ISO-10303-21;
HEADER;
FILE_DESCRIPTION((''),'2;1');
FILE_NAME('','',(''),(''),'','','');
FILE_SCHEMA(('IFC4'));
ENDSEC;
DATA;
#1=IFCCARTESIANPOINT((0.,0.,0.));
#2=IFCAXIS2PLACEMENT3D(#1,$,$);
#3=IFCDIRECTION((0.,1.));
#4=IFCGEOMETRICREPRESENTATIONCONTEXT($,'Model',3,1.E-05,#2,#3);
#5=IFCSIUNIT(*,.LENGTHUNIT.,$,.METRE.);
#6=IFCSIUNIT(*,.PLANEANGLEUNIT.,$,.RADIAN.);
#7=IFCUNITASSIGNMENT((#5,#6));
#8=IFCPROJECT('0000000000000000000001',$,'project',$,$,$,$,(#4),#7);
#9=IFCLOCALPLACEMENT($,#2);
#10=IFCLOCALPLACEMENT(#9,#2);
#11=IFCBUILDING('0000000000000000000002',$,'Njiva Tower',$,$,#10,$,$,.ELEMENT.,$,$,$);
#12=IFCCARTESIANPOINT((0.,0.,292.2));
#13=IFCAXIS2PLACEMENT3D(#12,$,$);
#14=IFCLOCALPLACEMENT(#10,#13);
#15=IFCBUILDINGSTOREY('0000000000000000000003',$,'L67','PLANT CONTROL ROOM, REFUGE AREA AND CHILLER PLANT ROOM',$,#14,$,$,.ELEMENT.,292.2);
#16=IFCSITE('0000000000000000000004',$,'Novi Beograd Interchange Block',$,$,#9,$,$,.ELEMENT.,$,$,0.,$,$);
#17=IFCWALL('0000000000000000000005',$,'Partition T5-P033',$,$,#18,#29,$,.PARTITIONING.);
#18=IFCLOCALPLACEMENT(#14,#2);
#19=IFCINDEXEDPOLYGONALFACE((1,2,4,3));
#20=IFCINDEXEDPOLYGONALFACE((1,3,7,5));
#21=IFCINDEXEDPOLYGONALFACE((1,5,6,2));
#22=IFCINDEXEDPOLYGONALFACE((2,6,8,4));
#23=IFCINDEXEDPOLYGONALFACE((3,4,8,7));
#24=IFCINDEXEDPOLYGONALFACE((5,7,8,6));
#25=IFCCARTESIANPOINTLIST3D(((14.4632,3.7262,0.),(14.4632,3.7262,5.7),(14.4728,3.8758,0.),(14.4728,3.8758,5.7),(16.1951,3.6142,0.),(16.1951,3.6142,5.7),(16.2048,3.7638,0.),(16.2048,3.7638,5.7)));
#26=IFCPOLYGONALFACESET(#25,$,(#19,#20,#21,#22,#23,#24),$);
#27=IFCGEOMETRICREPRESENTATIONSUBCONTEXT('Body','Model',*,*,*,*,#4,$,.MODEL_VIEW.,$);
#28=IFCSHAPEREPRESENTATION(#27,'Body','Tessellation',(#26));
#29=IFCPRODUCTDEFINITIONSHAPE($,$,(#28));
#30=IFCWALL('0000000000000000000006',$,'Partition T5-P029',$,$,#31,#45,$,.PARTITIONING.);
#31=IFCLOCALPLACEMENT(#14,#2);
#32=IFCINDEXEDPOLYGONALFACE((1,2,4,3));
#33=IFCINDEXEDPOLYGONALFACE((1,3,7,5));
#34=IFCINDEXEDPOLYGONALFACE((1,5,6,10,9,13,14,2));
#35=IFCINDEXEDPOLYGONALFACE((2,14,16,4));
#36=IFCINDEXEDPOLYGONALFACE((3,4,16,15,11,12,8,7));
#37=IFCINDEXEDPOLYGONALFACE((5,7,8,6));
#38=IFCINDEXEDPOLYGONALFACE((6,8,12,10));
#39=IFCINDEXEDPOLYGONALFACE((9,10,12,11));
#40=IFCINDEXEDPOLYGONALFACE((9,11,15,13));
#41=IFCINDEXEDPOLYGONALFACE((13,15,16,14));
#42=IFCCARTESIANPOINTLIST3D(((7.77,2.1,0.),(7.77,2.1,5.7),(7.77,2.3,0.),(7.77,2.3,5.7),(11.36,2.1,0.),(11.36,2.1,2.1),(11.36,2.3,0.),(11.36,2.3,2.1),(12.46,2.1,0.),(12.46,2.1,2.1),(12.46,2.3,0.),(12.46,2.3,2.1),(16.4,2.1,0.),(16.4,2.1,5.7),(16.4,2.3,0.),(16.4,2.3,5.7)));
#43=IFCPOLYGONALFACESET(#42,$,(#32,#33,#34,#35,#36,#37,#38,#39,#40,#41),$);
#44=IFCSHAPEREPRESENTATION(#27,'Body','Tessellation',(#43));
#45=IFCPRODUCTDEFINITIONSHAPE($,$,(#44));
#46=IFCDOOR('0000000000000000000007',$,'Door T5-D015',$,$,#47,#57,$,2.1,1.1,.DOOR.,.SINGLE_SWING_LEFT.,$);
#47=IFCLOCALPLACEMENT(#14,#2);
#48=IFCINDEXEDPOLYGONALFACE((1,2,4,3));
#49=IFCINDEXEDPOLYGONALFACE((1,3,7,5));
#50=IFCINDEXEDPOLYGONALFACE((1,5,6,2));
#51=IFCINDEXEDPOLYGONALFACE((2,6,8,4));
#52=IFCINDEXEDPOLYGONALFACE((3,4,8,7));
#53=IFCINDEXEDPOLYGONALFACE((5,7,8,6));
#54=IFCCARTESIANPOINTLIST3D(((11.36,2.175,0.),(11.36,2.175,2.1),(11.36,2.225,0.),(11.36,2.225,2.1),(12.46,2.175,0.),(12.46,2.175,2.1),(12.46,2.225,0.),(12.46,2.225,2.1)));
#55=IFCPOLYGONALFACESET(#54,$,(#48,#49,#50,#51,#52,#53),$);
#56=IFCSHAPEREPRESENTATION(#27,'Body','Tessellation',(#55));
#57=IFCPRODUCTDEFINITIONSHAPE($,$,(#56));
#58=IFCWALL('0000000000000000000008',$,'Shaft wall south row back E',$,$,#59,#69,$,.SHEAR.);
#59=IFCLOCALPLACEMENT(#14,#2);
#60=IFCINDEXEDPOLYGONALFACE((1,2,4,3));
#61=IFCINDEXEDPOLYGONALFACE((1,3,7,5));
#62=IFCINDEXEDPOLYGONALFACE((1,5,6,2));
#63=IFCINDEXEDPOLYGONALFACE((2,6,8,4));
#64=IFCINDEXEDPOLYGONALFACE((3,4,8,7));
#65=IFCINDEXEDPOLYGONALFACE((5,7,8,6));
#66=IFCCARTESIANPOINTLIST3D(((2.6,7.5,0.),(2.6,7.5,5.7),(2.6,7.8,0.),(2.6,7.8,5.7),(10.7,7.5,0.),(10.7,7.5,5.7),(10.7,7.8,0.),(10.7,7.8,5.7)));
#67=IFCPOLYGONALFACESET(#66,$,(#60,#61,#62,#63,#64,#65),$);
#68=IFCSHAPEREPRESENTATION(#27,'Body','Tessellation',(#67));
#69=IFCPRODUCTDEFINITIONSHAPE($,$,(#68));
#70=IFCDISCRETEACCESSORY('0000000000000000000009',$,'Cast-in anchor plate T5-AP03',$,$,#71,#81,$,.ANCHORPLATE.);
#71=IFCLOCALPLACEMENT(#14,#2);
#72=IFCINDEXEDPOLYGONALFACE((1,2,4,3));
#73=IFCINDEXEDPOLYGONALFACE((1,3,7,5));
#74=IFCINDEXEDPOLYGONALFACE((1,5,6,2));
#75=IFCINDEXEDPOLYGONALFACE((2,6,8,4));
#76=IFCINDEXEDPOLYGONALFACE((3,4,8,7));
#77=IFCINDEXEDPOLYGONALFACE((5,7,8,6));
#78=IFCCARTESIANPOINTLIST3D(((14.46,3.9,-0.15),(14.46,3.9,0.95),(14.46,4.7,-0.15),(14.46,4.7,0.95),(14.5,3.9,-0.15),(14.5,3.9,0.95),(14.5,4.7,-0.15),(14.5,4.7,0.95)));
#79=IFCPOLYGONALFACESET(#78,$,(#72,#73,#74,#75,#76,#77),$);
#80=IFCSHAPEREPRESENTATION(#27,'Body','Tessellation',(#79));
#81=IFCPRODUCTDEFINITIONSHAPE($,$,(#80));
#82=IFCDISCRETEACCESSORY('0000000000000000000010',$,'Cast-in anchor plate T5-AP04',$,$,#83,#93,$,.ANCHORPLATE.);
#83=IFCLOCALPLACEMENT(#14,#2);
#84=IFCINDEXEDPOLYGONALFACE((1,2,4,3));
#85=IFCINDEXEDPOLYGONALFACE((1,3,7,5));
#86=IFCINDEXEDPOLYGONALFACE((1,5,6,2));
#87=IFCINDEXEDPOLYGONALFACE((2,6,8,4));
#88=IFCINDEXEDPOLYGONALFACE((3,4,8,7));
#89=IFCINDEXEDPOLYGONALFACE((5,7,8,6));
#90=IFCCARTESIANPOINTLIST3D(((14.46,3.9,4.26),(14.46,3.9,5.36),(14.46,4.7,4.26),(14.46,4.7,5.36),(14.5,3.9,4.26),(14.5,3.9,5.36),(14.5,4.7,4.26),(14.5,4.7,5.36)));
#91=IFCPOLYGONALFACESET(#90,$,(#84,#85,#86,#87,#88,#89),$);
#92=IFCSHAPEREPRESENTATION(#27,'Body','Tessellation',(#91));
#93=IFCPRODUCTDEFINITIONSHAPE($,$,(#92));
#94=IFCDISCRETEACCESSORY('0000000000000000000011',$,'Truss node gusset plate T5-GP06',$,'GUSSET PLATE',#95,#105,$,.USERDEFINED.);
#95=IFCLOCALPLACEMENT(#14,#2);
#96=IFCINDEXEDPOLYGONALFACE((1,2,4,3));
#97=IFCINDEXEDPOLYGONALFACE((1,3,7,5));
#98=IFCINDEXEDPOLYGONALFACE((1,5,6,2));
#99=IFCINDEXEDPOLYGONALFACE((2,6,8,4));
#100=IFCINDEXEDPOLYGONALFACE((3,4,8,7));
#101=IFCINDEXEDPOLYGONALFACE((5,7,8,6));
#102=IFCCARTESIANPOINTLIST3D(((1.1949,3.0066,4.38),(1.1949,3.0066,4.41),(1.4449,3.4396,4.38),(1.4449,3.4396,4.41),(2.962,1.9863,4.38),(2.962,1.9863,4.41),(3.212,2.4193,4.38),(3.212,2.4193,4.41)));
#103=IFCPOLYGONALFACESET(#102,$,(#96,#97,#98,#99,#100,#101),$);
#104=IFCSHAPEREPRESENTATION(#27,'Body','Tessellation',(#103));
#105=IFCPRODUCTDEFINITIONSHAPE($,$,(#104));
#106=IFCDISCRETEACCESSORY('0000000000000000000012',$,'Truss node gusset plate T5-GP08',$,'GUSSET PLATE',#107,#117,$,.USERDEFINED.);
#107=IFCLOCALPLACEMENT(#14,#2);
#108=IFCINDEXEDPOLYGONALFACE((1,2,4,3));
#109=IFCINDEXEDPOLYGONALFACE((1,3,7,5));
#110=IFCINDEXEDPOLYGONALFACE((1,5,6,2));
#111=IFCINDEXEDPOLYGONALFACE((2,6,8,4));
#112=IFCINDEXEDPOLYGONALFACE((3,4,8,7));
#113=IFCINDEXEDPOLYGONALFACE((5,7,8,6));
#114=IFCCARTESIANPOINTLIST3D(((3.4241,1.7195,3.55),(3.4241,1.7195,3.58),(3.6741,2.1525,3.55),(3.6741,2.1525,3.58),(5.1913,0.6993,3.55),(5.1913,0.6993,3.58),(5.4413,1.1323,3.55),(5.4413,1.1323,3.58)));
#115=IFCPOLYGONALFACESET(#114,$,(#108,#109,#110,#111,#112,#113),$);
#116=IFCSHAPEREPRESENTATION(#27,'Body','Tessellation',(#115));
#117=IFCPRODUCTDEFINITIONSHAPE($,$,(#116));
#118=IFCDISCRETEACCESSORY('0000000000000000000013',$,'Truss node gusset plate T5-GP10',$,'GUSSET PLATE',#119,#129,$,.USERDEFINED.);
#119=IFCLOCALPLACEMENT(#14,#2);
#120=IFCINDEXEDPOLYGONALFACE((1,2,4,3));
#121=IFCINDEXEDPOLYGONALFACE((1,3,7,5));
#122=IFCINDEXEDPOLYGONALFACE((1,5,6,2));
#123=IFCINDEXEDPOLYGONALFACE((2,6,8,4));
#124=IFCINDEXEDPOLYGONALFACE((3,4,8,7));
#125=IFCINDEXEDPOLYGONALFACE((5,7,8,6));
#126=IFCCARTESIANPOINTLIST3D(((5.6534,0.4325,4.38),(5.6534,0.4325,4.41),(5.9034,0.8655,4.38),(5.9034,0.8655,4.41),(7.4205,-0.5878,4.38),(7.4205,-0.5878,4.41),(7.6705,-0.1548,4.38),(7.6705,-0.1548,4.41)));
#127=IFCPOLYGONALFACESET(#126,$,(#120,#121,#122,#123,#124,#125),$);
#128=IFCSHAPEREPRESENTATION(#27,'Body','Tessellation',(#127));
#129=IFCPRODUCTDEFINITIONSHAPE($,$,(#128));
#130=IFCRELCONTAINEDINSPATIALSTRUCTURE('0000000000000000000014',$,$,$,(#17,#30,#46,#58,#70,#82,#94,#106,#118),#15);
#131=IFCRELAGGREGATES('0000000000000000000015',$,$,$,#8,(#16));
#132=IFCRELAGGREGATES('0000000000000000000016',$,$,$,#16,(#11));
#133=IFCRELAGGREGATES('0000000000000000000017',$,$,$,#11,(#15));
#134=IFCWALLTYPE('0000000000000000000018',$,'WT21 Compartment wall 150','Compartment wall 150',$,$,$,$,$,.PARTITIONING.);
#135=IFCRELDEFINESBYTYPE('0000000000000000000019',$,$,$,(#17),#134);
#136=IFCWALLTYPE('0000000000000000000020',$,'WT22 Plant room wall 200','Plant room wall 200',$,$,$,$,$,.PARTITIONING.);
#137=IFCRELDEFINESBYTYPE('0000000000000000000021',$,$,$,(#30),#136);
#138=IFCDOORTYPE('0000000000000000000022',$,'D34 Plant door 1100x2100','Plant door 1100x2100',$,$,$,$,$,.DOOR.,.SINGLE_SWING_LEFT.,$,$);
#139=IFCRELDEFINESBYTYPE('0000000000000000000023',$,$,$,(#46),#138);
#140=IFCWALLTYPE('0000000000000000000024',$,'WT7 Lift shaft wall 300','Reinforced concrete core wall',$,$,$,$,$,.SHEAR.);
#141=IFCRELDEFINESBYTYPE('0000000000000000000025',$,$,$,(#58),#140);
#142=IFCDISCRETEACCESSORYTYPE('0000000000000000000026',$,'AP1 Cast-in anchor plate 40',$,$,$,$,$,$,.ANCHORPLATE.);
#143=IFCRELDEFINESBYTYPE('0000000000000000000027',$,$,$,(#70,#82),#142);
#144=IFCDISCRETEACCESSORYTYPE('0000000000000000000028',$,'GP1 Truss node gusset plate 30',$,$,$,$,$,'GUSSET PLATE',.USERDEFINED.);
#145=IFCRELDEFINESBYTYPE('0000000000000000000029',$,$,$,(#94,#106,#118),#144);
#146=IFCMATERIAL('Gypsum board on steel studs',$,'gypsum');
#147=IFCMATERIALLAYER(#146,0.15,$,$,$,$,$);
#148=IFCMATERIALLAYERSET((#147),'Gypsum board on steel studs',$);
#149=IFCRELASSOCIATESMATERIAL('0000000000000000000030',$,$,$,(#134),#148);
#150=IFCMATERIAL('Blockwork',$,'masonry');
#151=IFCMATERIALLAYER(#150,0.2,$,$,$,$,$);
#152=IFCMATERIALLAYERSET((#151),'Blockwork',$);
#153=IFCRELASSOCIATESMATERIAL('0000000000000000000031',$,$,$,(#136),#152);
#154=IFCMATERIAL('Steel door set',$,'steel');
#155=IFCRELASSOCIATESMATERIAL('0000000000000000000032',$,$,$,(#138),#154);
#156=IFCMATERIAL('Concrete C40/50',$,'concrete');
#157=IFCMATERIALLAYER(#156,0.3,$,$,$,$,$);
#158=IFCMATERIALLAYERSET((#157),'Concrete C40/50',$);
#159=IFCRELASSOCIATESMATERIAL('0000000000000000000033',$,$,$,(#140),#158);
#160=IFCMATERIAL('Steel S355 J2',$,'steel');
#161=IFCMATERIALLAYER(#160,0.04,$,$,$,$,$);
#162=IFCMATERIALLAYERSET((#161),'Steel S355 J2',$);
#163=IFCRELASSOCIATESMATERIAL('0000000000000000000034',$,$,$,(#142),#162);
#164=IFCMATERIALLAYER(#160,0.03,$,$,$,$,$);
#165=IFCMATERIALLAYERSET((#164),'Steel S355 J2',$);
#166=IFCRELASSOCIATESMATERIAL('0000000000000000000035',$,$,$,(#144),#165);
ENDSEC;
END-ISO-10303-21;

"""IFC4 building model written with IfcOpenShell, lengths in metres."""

from ifc_helpers import new_model, si_unit, direction, frame, frame_2d, origin, place, context, subcontext, project, spatial, polyline, rectangle, outline, extrude, material, layer, layer_set, type_object, element, fill, save


model = new_model("IFC4")

# Units and contexts
model_context = context("Model", 3, precision=1e-05, world=origin(), true_north=direction((0.0, 1.0)))
body_context = subcontext(model_context, "Body", "Model", "MODEL_VIEW")
ifc_project = project(units=[si_unit("LENGTHUNIT", "METRE"), si_unit("PLANEANGLEUNIT", "RADIAN")], contexts=[model_context])

# Site, building, storey
site_placement = place(None, origin())
site = spatial("IfcSite", under=ifc_project, at=site_placement, Name="Novi Beograd Interchange Block", CompositionType="ELEMENT", RefElevation=0.0)
building_placement = place(site_placement, origin())
building = spatial("IfcBuilding", under=site, at=building_placement, Name="Njiva Tower", CompositionType="ELEMENT")
storey_placement = place(building_placement, frame((0.0, 0.0, 292.2)))
storey = spatial("IfcBuildingStorey", under=building, at=storey_placement, Name="L67", Description="PLANT CONTROL ROOM, REFUGE AREA AND CHILLER PLANT ROOM", CompositionType="ELEMENT", Elevation=292.2)

# Shared definitions
ifc_material_1 = material(Name="Steel S355 J2", Category="steel")

# Shared definitions
ifc_material_2 = material(Name="Blockwork", Category="masonry")

# Shared definitions
ifc_material_3 = material(Name="Concrete C40/50", Category="concrete")

# Shared definitions
ifc_material_4 = material(Name="Gypsum board on steel studs", Category="gypsum")
ifc_layer_1 = layer(ifc_material_4, 0.15)
ifc_layer_set_1 = layer_set([ifc_layer_1], Name="Gypsum board on steel studs")
wall_type_1 = type_object("IfcWallType", Name="WT21 Compartment wall 150", Description="Compartment wall 150", PredefinedType="PARTITIONING", material=ifc_layer_set_1)

# Wall
wall_1_placement = place(storey_placement, frame((14.468, 3.801, 0.0), z_axis=(0.0, 0.0, 1.0), x_axis=(0.997916, -0.06453, 0.0)))
element("IfcWall", 1, at=wall_1_placement, inside=storey, type_object=wall_type_1, Name="Partition T5-P033", PredefinedType="PARTITIONING", context=body_context, shape_type="SweptSolid", body=[
    extrude(rectangle(XDim=1.7356, YDim=0.15, at=frame_2d((0.8678, 0.0))), origin(), (0.0, 0.0, 1.0), 5.7),
])

# Wall, opening, door
ifc_layer_2 = layer(ifc_material_2, 0.2)
ifc_layer_set_2 = layer_set([ifc_layer_2], Name="Blockwork")
wall_type_2 = type_object("IfcWallType", Name="WT22 Plant room wall 200", Description="Plant room wall 200", PredefinedType="PARTITIONING", material=ifc_layer_set_2)
wall_2_placement = place(storey_placement, frame((7.77, 2.2, 0.0), z_axis=(0.0, 0.0, 1.0), x_axis=(1.0, 0.0, 0.0)))
wall_2 = element("IfcWall", 2, at=wall_2_placement, inside=storey, type_object=wall_type_2, Name="Partition T5-P029", PredefinedType="PARTITIONING", context=body_context, shape_type="SweptSolid", body=[
    extrude(rectangle(XDim=8.63, YDim=0.2, at=frame_2d((4.315, 0.0))), origin(), (0.0, 0.0, 1.0), 5.7),
])
opening_1_placement = place(wall_2_placement, frame((3.59, 0.0, 0.0)))
opening_1 = element("IfcOpeningElement", 3, at=opening_1_placement, cuts=wall_2, PredefinedType="OPENING", context=body_context, shape_type="SweptSolid", body=[
    extrude(rectangle(XDim=1.1, YDim=2.1, at=frame_2d((0.55, 1.05))), frame((0.0, 0.11, 0.0), z_axis=(0.0, -1.0, 0.0), x_axis=(1.0, 0.0, 0.0)), (0.0, 0.0, 1.0), 0.22),
])
ifc_material_5 = material(Name="Steel door set", Category="steel")
door_type_1 = type_object("IfcDoorType", Name="D34 Plant door 1100x2100", Description="Plant door 1100x2100", OperationType="SINGLE_SWING_LEFT", PredefinedType="DOOR", material=ifc_material_5)
door_1_placement = place(opening_1_placement, origin())
door_1 = element("IfcDoor", 4, at=door_1_placement, inside=storey, type_object=door_type_1, Name="Door T5-D015", OperationType="SINGLE_SWING_LEFT", OverallHeight=2.1, OverallWidth=1.1, PredefinedType="DOOR", context=body_context, shape_type="SweptSolid", body=[
    extrude(rectangle(XDim=1.1, YDim=2.1, at=frame_2d((0.55, 1.05))), frame((0.0, 0.025, 0.0), z_axis=(0.0, -1.0, 0.0), x_axis=(1.0, 0.0, 0.0)), (0.0, 0.0, 1.0), 0.05),
])
fill(opening_1, door_1)

# Wall
ifc_layer_3 = layer(ifc_material_3, 0.3)
ifc_layer_set_3 = layer_set([ifc_layer_3], Name="Concrete C40/50")
wall_type_3 = type_object("IfcWallType", Name="WT7 Lift shaft wall 300", Description="Reinforced concrete core wall", PredefinedType="SHEAR", material=ifc_layer_set_3)
wall_3_placement = place(storey_placement, frame((2.6, 7.65, 0.0), z_axis=(0.0, 0.0, 1.0), x_axis=(1.0, 0.0, 0.0)))
element("IfcWall", 5, at=wall_3_placement, inside=storey, type_object=wall_type_3, Name="Shaft wall south row back E", PredefinedType="SHEAR", context=body_context, shape_type="SweptSolid", body=[
    extrude(rectangle(XDim=8.1, YDim=0.3, at=frame_2d((4.05, 0.0))), origin(), (0.0, 0.0, 1.0), 5.7),
])

# Discrete accessories
ifc_layer_4 = layer(ifc_material_1, 0.04)
ifc_layer_set_4 = layer_set([ifc_layer_4], Name="Steel S355 J2")
discrete_accessory_type_1 = type_object("IfcDiscreteAccessoryType", Name="AP1 Cast-in anchor plate 40", PredefinedType="ANCHORPLATE", material=ifc_layer_set_4)
for number, where, name in (
    (6, (14.48, 4.3, -0.15), "Cast-in anchor plate T5-AP03"),
    (7, (14.48, 4.3, 4.26), "Cast-in anchor plate T5-AP04"),
):
    element("IfcDiscreteAccessory", number, at=place(storey_placement, frame(where)), inside=storey, type_object=discrete_accessory_type_1, Name=name, PredefinedType="ANCHORPLATE", context=body_context, shape_type="SweptSolid", body=[
        extrude(outline(polyline([(0.02, 0.4), (-0.02, 0.4), (-0.02, -0.4), (0.02, -0.4), (0.02, 0.4)])), origin(), (0.0, 0.0, 1.0), 1.1),
    ])
ifc_layer_5 = layer(ifc_material_1, 0.03)
ifc_layer_set_5 = layer_set([ifc_layer_5], Name="Steel S355 J2")
discrete_accessory_type_2 = type_object("IfcDiscreteAccessoryType", Name="GP1 Truss node gusset plate 30", ElementType="GUSSET PLATE", PredefinedType="USERDEFINED", material=ifc_layer_set_5)
discrete_accessory_1_placement = place(storey_placement, frame((2.2035, 2.713, 4.38)))
element("IfcDiscreteAccessory", 8, at=discrete_accessory_1_placement, inside=storey, type_object=discrete_accessory_type_2, Name="Truss node gusset plate T5-GP06", ObjectType="GUSSET PLATE", PredefinedType="USERDEFINED", context=body_context, shape_type="SweptSolid", body=[
    extrude(outline(polyline([(-1.0086, 0.2936), (0.7585, -0.7267), (1.0085, -0.2937), (-0.7586, 0.7266), (-1.0086, 0.2936)])), origin(), (0.0, 0.0, 1.0), 0.03),
])
discrete_accessory_2_placement = place(storey_placement, frame((4.4327, 1.4259, 3.55)))
element("IfcDiscreteAccessory", 9, at=discrete_accessory_2_placement, inside=storey, type_object=discrete_accessory_type_2, Name="Truss node gusset plate T5-GP08", ObjectType="GUSSET PLATE", PredefinedType="USERDEFINED", context=body_context, shape_type="SweptSolid", body=[
    extrude(outline(polyline([(-1.0086, 0.2936), (0.7586, -0.7266), (1.0086, -0.2936), (-0.7586, 0.7266), (-1.0086, 0.2936)])), origin(), (0.0, 0.0, 1.0), 0.03),
])
discrete_accessory_3_placement = place(storey_placement, frame((6.662, 0.1389, 4.38)))
element("IfcDiscreteAccessory", 10, at=discrete_accessory_3_placement, inside=storey, type_object=discrete_accessory_type_2, Name="Truss node gusset plate T5-GP10", ObjectType="GUSSET PLATE", PredefinedType="USERDEFINED", context=body_context, shape_type="SweptSolid", body=[
    extrude(outline(polyline([(-1.0086, 0.2936), (0.7585, -0.7267), (1.0085, -0.2937), (-0.7586, 0.7266), (-1.0086, 0.2936)])), origin(), (0.0, 0.0, 1.0), 0.03),
])

save(model, "model.ifc")
